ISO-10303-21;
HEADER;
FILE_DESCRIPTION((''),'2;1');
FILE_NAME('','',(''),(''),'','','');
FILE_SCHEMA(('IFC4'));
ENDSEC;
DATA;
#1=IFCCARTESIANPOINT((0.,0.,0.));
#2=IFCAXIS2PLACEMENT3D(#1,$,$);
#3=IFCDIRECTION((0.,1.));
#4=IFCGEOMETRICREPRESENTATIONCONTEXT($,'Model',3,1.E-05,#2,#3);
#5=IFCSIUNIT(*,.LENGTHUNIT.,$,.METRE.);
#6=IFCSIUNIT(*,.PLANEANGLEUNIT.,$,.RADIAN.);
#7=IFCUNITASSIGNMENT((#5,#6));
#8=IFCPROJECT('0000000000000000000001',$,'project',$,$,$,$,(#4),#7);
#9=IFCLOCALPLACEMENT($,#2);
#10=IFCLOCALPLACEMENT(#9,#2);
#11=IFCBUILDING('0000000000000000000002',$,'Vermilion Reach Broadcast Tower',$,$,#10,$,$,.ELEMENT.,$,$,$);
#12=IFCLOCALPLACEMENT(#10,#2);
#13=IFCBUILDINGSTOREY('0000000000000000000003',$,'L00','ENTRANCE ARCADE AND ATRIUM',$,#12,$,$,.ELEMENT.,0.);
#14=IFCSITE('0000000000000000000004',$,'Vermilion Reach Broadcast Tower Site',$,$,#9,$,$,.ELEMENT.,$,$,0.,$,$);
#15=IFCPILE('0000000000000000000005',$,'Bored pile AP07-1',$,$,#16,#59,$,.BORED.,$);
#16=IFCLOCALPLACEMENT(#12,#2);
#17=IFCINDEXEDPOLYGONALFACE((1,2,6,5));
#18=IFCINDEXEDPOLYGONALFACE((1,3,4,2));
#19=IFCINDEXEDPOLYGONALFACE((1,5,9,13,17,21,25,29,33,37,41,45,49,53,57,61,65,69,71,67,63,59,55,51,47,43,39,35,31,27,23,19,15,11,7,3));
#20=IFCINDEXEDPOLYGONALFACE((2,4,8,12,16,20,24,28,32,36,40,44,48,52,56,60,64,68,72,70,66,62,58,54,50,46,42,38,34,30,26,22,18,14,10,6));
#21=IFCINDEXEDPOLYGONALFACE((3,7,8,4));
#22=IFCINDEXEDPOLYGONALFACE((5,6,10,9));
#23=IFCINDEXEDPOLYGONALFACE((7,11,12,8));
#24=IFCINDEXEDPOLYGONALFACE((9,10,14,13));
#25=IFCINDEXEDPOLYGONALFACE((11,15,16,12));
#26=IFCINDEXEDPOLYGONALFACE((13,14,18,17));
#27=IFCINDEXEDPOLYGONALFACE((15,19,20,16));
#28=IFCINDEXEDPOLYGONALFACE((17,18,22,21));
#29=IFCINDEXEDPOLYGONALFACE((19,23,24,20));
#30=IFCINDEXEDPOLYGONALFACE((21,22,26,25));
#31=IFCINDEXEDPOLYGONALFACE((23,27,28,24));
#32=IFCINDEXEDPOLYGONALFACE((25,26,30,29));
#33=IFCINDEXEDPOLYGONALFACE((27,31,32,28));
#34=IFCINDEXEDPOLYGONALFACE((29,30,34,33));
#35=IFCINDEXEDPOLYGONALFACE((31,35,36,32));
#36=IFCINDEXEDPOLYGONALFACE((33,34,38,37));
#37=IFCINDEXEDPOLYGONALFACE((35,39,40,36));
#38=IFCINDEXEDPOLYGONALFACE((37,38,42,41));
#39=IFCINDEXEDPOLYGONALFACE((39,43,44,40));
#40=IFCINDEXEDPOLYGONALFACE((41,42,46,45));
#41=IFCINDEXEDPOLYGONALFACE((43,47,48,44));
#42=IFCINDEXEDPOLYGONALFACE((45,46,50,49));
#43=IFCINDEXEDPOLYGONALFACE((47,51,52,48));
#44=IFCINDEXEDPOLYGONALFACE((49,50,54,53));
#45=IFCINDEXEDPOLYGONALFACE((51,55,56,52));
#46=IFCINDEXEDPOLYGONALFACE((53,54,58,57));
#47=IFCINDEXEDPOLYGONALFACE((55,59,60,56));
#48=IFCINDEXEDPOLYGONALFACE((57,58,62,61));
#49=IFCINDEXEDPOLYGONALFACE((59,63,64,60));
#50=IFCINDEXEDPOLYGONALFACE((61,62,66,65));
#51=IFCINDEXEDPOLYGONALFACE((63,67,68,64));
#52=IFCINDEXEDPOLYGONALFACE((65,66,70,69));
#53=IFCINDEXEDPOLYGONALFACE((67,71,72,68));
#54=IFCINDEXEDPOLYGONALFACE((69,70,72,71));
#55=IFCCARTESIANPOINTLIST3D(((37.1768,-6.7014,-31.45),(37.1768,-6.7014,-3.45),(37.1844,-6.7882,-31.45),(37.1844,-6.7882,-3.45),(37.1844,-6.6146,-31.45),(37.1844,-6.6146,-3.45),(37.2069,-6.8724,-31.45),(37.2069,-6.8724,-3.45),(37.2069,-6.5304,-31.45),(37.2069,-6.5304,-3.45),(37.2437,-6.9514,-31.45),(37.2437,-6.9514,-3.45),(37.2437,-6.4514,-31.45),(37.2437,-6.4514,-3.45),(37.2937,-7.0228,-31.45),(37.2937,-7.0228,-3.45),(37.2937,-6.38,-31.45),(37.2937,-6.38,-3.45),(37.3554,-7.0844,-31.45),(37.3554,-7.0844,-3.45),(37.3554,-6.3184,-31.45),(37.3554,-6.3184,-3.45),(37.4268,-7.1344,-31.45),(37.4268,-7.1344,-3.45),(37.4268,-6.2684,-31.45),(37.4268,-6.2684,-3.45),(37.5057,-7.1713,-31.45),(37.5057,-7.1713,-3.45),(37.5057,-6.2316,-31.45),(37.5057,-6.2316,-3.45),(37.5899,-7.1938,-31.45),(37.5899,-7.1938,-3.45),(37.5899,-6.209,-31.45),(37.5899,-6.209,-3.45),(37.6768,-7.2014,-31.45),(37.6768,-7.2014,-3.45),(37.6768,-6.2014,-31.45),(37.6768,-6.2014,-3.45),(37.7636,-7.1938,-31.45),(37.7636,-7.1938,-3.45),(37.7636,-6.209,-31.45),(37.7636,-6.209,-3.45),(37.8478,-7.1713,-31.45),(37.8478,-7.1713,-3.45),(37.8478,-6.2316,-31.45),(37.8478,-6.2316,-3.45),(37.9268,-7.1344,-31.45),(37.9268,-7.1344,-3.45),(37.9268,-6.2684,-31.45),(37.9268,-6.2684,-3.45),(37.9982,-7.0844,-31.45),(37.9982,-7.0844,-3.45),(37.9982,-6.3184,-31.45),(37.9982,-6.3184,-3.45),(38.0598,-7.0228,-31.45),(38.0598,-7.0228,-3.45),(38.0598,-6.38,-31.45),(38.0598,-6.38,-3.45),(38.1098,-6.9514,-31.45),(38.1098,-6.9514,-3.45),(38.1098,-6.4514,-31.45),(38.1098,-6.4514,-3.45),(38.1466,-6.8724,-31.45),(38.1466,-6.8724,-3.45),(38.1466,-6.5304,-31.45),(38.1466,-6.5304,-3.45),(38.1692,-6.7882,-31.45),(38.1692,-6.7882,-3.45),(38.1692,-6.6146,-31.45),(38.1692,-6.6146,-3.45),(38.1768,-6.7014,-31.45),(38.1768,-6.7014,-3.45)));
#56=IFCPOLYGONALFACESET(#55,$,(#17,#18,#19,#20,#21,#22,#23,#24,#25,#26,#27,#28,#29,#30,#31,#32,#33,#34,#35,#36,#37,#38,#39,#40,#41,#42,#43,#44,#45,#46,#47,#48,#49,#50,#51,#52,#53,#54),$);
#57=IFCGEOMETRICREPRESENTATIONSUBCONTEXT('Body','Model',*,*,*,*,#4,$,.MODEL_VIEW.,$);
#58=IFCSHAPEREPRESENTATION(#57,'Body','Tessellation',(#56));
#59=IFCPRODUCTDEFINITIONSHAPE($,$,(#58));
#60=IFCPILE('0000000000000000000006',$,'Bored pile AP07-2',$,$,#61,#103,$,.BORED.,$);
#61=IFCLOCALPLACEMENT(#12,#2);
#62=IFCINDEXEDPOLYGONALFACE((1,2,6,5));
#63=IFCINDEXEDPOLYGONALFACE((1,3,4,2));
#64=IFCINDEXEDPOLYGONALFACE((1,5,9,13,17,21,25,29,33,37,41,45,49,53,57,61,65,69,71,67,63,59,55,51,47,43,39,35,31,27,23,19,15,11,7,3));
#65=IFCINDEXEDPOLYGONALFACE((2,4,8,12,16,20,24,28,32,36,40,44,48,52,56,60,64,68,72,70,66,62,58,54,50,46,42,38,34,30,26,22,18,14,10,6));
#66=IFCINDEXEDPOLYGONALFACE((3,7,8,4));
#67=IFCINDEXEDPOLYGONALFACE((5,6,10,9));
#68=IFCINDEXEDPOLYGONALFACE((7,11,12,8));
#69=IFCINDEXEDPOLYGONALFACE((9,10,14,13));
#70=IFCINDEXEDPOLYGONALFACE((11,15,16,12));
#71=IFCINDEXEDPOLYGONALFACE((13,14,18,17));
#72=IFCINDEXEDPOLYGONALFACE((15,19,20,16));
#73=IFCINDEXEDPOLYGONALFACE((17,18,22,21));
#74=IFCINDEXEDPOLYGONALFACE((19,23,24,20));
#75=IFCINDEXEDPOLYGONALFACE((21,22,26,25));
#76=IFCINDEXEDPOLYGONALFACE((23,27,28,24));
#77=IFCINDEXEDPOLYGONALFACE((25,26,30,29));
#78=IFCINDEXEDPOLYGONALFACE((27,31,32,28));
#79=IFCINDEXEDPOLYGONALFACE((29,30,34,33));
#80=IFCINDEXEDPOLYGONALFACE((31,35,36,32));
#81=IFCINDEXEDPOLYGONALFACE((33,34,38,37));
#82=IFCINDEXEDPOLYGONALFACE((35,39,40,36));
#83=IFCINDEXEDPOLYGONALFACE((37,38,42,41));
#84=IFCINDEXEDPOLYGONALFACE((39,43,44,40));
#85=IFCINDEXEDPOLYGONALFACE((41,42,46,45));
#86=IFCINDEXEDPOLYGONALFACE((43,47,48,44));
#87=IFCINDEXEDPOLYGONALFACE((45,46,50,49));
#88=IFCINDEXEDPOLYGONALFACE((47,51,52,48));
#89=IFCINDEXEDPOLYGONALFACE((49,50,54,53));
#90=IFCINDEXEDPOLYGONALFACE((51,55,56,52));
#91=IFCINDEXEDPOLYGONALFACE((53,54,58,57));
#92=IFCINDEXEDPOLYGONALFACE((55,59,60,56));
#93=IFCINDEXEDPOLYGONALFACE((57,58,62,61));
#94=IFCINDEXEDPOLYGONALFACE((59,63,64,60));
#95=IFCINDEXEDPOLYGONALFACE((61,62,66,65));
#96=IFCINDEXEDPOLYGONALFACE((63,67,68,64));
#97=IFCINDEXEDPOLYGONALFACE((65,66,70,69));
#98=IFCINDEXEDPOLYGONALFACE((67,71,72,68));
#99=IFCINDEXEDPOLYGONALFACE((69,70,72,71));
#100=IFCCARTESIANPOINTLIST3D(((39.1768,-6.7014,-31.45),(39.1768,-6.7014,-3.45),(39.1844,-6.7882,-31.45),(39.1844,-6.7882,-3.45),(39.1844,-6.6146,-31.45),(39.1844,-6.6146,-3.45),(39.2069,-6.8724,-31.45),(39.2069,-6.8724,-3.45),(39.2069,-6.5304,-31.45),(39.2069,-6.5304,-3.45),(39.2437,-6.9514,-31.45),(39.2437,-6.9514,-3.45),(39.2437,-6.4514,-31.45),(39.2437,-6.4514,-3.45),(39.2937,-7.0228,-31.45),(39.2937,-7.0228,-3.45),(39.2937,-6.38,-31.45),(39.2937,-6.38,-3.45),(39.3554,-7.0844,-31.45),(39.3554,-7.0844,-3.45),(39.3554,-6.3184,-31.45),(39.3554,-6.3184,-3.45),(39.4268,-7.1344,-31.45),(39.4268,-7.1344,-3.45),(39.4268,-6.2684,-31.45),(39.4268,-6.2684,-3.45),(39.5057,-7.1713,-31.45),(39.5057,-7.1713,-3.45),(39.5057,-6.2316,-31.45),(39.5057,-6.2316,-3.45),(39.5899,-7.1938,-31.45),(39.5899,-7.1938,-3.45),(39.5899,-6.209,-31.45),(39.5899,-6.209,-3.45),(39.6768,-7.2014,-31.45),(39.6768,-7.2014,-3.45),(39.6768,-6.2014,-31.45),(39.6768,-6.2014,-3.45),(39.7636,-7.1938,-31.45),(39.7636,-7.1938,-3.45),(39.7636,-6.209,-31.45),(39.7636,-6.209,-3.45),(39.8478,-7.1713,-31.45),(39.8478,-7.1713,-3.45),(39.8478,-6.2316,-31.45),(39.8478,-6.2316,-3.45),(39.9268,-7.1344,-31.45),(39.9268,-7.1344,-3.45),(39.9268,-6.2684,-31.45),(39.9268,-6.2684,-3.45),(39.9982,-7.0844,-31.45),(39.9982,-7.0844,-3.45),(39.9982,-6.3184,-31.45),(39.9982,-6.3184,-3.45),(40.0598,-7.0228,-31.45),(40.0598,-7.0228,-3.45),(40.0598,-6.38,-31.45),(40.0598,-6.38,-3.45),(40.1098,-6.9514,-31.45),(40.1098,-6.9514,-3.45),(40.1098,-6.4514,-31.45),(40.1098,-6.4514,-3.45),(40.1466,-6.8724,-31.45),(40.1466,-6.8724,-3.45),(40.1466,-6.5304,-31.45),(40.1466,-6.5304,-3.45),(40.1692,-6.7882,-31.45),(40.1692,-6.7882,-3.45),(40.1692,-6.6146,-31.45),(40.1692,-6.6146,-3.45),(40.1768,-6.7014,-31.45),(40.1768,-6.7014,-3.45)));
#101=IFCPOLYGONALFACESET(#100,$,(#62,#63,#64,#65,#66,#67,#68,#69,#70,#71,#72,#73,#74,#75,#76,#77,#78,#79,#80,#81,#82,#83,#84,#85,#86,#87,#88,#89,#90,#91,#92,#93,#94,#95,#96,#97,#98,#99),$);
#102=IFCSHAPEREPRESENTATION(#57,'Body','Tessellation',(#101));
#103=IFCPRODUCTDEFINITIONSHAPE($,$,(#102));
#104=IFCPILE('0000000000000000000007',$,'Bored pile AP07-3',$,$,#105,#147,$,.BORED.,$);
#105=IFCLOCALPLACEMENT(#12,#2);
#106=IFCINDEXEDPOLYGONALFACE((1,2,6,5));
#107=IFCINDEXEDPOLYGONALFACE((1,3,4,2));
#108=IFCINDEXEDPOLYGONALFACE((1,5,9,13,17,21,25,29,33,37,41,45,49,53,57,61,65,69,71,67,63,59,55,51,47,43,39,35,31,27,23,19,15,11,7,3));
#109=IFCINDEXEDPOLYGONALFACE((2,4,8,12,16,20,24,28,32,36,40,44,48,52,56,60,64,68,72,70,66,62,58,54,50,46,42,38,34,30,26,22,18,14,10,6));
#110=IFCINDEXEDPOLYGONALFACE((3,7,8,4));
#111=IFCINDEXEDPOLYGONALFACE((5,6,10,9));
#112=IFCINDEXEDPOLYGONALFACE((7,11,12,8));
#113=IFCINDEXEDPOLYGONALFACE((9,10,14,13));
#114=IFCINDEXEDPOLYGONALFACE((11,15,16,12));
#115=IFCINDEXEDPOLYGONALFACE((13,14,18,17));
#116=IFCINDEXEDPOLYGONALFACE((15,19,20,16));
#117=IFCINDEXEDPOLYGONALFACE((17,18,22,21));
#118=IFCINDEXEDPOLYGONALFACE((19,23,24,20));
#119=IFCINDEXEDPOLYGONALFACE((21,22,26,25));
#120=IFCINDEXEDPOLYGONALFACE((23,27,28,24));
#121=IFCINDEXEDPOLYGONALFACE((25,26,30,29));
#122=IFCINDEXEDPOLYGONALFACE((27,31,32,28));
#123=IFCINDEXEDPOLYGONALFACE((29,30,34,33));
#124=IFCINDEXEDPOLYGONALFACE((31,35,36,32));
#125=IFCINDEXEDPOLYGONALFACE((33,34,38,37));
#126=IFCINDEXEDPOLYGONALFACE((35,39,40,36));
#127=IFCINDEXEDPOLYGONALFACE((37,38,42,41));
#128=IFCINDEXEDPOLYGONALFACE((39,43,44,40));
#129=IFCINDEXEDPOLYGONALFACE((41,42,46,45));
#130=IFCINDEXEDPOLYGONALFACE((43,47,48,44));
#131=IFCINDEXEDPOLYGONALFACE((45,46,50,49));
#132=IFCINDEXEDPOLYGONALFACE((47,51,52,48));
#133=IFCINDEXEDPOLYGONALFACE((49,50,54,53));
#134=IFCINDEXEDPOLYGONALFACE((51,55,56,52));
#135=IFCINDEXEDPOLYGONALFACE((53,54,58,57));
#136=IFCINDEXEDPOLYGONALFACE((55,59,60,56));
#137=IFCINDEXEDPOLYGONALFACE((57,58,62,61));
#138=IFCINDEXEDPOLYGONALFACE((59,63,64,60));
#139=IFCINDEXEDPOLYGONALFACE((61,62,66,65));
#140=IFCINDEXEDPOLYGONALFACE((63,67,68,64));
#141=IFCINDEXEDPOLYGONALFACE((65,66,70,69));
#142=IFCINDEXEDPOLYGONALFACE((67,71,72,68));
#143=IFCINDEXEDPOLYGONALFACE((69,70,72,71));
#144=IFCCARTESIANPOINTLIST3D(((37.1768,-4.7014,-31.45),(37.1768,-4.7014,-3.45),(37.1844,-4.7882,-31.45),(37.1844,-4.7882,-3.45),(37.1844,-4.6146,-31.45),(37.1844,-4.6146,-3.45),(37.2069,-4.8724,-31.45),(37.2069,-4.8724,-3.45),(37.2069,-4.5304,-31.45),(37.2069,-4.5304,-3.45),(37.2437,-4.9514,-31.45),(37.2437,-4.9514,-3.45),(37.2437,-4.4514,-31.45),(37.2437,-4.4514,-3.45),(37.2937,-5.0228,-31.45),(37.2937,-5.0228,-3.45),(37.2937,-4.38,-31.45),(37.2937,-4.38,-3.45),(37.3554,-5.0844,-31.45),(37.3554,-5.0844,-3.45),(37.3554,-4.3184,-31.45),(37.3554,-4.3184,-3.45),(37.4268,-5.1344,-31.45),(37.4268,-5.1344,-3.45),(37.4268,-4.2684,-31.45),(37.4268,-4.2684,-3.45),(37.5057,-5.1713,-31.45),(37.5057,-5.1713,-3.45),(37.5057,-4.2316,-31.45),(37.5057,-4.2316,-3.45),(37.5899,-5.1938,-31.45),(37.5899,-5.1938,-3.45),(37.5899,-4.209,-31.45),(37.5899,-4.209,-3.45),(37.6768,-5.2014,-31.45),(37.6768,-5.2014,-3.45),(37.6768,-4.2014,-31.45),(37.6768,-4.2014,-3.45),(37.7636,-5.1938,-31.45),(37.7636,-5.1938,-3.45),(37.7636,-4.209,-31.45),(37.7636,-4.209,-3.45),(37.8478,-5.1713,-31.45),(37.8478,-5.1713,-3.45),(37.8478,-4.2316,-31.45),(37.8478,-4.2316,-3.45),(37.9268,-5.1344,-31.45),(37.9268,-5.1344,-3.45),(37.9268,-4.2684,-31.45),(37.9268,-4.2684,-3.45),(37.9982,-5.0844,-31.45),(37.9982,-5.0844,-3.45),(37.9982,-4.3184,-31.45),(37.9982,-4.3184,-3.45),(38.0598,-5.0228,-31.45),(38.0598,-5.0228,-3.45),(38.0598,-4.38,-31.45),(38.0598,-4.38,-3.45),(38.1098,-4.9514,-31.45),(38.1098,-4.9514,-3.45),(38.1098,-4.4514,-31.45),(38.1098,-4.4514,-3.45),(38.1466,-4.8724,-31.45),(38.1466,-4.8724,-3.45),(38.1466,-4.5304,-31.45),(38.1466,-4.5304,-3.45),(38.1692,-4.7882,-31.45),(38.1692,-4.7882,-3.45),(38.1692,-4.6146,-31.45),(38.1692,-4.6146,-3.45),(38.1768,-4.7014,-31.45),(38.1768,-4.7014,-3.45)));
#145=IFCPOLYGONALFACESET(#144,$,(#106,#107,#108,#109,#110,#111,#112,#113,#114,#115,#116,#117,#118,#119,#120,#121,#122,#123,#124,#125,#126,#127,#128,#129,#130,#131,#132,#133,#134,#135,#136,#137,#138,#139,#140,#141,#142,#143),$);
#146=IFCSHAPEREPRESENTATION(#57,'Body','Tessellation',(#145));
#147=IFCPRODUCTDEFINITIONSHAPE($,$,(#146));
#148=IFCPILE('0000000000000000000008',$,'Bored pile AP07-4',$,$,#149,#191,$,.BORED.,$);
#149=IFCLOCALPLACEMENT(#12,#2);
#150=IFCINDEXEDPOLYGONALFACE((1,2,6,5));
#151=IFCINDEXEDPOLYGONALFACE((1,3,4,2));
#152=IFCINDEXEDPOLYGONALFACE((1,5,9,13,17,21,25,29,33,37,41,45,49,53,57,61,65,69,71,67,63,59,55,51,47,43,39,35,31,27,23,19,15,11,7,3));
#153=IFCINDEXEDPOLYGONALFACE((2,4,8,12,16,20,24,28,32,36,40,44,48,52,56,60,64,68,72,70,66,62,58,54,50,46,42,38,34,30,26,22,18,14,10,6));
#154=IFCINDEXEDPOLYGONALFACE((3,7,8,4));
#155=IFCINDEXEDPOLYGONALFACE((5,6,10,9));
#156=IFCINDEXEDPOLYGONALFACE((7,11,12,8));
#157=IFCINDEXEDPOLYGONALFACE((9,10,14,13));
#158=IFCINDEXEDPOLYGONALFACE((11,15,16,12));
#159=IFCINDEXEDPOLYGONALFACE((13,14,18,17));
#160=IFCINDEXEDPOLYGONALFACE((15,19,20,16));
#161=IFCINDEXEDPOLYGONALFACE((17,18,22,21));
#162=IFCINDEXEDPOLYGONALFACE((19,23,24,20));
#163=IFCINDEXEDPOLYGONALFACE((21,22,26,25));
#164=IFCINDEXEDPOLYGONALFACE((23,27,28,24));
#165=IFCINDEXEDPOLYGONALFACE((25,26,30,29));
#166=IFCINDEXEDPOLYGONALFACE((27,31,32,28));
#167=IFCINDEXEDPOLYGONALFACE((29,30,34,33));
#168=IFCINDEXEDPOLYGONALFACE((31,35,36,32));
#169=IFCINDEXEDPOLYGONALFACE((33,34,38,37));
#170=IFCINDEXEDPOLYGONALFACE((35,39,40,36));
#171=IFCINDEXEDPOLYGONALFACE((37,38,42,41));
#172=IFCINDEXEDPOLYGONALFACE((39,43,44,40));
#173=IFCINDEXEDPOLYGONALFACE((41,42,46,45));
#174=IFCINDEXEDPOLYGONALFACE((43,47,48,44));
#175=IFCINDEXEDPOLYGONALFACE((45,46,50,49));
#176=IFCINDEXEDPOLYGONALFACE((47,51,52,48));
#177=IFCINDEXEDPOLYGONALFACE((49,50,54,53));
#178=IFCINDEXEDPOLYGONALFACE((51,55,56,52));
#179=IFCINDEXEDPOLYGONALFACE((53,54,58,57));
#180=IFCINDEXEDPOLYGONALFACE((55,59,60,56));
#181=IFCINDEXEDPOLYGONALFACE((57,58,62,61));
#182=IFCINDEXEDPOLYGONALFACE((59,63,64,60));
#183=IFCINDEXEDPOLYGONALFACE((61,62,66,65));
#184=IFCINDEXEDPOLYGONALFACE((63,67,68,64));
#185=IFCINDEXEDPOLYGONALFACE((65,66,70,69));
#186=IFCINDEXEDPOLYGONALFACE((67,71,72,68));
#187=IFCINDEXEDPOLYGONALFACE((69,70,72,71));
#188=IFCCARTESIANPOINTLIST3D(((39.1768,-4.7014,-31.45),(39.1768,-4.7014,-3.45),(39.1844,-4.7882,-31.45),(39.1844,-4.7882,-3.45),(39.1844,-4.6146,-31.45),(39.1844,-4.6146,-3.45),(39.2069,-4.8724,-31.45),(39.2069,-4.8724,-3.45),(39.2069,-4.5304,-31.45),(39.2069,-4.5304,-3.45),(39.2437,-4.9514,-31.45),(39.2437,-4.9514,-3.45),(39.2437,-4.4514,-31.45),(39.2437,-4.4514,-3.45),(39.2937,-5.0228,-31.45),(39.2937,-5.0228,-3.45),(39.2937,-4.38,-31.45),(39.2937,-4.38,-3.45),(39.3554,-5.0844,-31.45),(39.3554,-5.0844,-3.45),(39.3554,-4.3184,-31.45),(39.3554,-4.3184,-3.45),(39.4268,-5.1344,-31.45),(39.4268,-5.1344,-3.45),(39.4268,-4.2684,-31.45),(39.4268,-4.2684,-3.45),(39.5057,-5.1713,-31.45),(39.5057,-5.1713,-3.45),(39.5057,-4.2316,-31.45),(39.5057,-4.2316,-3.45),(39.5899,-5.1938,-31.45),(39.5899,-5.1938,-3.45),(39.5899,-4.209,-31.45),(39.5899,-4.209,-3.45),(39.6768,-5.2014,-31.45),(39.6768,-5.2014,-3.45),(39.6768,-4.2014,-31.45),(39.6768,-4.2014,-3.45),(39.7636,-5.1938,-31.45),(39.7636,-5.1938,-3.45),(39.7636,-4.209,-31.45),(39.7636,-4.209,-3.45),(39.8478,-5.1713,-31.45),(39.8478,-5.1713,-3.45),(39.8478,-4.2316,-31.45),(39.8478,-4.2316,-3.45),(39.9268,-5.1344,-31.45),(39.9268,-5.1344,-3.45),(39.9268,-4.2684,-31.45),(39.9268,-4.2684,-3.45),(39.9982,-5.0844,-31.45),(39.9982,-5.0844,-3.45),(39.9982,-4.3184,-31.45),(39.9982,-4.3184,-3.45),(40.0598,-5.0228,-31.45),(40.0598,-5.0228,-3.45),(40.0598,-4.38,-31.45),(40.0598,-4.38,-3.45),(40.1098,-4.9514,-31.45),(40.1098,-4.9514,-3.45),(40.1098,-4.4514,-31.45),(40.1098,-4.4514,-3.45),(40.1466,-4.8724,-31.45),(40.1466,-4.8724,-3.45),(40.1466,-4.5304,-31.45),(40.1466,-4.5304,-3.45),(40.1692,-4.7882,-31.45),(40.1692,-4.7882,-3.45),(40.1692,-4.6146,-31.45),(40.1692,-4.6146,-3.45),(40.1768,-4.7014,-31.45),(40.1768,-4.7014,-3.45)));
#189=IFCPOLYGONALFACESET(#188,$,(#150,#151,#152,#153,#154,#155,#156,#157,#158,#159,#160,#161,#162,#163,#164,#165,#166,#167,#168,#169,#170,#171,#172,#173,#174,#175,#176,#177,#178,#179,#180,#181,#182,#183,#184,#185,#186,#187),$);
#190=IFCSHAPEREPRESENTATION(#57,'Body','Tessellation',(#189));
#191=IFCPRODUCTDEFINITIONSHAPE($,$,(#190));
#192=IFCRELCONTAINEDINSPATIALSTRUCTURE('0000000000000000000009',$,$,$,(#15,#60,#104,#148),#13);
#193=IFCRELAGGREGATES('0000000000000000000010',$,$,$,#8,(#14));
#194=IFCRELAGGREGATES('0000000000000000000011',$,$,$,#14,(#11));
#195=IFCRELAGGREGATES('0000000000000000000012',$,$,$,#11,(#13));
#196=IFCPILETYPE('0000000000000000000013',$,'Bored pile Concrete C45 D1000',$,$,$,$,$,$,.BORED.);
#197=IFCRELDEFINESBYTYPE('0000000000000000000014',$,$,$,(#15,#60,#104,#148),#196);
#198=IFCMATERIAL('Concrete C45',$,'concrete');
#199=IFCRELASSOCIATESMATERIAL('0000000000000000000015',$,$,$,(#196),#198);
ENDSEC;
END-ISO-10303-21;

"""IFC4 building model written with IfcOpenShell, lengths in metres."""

from ifc_helpers import new_model, si_unit, direction, frame, origin, origin_2d, place, context, subcontext, project, spatial, circle, extrude, material, material_profile, profile_set, type_object, element, save


model = new_model("IFC4")

# Units and contexts
model_context = context("Model", 3, precision=1e-05, world=origin(), true_north=direction((0.0, 1.0)))
body_context = subcontext(model_context, "Body", "Model", "MODEL_VIEW")
ifc_project = project(units=[si_unit("LENGTHUNIT", "METRE"), si_unit("PLANEANGLEUNIT", "RADIAN")], contexts=[model_context])

# Site, building, storey
site_placement = place(None, origin())
site = spatial("IfcSite", under=ifc_project, at=site_placement, Name="Vermilion Reach Broadcast Tower Site", CompositionType="ELEMENT", RefElevation=0.0)
building_placement = place(site_placement, origin())
building = spatial("IfcBuilding", under=site, at=building_placement, Name="Vermilion Reach Broadcast Tower", CompositionType="ELEMENT")
storey_placement = place(building_placement, origin())
storey = spatial("IfcBuildingStorey", under=building, at=storey_placement, Name="L00", Description="ENTRANCE ARCADE AND ATRIUM", CompositionType="ELEMENT", Elevation=0.0)

# Piles
ifc_material_1 = material(Name="Concrete C45", Category="concrete")
ifc_material_profile_1 = material_profile(ifc_material_1, circle(Radius=0.5, at=origin_2d()), Name="Concrete C45 D1000")
ifc_profile_set_1 = profile_set([ifc_material_profile_1], Name="Concrete C45")
pile_type = type_object("IfcPileType", Name="Bored pile Concrete C45 D1000", PredefinedType="BORED", material=ifc_profile_set_1)
for number, where, z_axis, x_axis, name in (
    (1, (37.6768, -6.7014, -3.45), (0.0, 0.0, -1.0), (1.0, 0.0, 0.0), "Bored pile AP07-1"),
    (2, (39.6768, -6.7014, -3.45), (0.0, 0.0, -1.0), (1.0, 0.0, 0.0), "Bored pile AP07-2"),
    (3, (37.6768, -4.7014, -3.45), (0.0, 0.0, -1.0), (1.0, 0.0, 0.0), "Bored pile AP07-3"),
    (4, (39.6768, -4.7014, -3.45), (0.0, 0.0, -1.0), (1.0, 0.0, 0.0), "Bored pile AP07-4"),
):
    element("IfcPile", number, at=place(storey_placement, frame(where, z_axis=z_axis, x_axis=x_axis)), inside=storey, type_object=pile_type, Name=name, PredefinedType="BORED", context=body_context, shape_type="SweptSolid", body=[
        extrude(circle(Radius=0.5, at=origin_2d()), origin(), (0.0, 0.0, 1.0), 28.0),
    ])

save(model, "model.ifc")
